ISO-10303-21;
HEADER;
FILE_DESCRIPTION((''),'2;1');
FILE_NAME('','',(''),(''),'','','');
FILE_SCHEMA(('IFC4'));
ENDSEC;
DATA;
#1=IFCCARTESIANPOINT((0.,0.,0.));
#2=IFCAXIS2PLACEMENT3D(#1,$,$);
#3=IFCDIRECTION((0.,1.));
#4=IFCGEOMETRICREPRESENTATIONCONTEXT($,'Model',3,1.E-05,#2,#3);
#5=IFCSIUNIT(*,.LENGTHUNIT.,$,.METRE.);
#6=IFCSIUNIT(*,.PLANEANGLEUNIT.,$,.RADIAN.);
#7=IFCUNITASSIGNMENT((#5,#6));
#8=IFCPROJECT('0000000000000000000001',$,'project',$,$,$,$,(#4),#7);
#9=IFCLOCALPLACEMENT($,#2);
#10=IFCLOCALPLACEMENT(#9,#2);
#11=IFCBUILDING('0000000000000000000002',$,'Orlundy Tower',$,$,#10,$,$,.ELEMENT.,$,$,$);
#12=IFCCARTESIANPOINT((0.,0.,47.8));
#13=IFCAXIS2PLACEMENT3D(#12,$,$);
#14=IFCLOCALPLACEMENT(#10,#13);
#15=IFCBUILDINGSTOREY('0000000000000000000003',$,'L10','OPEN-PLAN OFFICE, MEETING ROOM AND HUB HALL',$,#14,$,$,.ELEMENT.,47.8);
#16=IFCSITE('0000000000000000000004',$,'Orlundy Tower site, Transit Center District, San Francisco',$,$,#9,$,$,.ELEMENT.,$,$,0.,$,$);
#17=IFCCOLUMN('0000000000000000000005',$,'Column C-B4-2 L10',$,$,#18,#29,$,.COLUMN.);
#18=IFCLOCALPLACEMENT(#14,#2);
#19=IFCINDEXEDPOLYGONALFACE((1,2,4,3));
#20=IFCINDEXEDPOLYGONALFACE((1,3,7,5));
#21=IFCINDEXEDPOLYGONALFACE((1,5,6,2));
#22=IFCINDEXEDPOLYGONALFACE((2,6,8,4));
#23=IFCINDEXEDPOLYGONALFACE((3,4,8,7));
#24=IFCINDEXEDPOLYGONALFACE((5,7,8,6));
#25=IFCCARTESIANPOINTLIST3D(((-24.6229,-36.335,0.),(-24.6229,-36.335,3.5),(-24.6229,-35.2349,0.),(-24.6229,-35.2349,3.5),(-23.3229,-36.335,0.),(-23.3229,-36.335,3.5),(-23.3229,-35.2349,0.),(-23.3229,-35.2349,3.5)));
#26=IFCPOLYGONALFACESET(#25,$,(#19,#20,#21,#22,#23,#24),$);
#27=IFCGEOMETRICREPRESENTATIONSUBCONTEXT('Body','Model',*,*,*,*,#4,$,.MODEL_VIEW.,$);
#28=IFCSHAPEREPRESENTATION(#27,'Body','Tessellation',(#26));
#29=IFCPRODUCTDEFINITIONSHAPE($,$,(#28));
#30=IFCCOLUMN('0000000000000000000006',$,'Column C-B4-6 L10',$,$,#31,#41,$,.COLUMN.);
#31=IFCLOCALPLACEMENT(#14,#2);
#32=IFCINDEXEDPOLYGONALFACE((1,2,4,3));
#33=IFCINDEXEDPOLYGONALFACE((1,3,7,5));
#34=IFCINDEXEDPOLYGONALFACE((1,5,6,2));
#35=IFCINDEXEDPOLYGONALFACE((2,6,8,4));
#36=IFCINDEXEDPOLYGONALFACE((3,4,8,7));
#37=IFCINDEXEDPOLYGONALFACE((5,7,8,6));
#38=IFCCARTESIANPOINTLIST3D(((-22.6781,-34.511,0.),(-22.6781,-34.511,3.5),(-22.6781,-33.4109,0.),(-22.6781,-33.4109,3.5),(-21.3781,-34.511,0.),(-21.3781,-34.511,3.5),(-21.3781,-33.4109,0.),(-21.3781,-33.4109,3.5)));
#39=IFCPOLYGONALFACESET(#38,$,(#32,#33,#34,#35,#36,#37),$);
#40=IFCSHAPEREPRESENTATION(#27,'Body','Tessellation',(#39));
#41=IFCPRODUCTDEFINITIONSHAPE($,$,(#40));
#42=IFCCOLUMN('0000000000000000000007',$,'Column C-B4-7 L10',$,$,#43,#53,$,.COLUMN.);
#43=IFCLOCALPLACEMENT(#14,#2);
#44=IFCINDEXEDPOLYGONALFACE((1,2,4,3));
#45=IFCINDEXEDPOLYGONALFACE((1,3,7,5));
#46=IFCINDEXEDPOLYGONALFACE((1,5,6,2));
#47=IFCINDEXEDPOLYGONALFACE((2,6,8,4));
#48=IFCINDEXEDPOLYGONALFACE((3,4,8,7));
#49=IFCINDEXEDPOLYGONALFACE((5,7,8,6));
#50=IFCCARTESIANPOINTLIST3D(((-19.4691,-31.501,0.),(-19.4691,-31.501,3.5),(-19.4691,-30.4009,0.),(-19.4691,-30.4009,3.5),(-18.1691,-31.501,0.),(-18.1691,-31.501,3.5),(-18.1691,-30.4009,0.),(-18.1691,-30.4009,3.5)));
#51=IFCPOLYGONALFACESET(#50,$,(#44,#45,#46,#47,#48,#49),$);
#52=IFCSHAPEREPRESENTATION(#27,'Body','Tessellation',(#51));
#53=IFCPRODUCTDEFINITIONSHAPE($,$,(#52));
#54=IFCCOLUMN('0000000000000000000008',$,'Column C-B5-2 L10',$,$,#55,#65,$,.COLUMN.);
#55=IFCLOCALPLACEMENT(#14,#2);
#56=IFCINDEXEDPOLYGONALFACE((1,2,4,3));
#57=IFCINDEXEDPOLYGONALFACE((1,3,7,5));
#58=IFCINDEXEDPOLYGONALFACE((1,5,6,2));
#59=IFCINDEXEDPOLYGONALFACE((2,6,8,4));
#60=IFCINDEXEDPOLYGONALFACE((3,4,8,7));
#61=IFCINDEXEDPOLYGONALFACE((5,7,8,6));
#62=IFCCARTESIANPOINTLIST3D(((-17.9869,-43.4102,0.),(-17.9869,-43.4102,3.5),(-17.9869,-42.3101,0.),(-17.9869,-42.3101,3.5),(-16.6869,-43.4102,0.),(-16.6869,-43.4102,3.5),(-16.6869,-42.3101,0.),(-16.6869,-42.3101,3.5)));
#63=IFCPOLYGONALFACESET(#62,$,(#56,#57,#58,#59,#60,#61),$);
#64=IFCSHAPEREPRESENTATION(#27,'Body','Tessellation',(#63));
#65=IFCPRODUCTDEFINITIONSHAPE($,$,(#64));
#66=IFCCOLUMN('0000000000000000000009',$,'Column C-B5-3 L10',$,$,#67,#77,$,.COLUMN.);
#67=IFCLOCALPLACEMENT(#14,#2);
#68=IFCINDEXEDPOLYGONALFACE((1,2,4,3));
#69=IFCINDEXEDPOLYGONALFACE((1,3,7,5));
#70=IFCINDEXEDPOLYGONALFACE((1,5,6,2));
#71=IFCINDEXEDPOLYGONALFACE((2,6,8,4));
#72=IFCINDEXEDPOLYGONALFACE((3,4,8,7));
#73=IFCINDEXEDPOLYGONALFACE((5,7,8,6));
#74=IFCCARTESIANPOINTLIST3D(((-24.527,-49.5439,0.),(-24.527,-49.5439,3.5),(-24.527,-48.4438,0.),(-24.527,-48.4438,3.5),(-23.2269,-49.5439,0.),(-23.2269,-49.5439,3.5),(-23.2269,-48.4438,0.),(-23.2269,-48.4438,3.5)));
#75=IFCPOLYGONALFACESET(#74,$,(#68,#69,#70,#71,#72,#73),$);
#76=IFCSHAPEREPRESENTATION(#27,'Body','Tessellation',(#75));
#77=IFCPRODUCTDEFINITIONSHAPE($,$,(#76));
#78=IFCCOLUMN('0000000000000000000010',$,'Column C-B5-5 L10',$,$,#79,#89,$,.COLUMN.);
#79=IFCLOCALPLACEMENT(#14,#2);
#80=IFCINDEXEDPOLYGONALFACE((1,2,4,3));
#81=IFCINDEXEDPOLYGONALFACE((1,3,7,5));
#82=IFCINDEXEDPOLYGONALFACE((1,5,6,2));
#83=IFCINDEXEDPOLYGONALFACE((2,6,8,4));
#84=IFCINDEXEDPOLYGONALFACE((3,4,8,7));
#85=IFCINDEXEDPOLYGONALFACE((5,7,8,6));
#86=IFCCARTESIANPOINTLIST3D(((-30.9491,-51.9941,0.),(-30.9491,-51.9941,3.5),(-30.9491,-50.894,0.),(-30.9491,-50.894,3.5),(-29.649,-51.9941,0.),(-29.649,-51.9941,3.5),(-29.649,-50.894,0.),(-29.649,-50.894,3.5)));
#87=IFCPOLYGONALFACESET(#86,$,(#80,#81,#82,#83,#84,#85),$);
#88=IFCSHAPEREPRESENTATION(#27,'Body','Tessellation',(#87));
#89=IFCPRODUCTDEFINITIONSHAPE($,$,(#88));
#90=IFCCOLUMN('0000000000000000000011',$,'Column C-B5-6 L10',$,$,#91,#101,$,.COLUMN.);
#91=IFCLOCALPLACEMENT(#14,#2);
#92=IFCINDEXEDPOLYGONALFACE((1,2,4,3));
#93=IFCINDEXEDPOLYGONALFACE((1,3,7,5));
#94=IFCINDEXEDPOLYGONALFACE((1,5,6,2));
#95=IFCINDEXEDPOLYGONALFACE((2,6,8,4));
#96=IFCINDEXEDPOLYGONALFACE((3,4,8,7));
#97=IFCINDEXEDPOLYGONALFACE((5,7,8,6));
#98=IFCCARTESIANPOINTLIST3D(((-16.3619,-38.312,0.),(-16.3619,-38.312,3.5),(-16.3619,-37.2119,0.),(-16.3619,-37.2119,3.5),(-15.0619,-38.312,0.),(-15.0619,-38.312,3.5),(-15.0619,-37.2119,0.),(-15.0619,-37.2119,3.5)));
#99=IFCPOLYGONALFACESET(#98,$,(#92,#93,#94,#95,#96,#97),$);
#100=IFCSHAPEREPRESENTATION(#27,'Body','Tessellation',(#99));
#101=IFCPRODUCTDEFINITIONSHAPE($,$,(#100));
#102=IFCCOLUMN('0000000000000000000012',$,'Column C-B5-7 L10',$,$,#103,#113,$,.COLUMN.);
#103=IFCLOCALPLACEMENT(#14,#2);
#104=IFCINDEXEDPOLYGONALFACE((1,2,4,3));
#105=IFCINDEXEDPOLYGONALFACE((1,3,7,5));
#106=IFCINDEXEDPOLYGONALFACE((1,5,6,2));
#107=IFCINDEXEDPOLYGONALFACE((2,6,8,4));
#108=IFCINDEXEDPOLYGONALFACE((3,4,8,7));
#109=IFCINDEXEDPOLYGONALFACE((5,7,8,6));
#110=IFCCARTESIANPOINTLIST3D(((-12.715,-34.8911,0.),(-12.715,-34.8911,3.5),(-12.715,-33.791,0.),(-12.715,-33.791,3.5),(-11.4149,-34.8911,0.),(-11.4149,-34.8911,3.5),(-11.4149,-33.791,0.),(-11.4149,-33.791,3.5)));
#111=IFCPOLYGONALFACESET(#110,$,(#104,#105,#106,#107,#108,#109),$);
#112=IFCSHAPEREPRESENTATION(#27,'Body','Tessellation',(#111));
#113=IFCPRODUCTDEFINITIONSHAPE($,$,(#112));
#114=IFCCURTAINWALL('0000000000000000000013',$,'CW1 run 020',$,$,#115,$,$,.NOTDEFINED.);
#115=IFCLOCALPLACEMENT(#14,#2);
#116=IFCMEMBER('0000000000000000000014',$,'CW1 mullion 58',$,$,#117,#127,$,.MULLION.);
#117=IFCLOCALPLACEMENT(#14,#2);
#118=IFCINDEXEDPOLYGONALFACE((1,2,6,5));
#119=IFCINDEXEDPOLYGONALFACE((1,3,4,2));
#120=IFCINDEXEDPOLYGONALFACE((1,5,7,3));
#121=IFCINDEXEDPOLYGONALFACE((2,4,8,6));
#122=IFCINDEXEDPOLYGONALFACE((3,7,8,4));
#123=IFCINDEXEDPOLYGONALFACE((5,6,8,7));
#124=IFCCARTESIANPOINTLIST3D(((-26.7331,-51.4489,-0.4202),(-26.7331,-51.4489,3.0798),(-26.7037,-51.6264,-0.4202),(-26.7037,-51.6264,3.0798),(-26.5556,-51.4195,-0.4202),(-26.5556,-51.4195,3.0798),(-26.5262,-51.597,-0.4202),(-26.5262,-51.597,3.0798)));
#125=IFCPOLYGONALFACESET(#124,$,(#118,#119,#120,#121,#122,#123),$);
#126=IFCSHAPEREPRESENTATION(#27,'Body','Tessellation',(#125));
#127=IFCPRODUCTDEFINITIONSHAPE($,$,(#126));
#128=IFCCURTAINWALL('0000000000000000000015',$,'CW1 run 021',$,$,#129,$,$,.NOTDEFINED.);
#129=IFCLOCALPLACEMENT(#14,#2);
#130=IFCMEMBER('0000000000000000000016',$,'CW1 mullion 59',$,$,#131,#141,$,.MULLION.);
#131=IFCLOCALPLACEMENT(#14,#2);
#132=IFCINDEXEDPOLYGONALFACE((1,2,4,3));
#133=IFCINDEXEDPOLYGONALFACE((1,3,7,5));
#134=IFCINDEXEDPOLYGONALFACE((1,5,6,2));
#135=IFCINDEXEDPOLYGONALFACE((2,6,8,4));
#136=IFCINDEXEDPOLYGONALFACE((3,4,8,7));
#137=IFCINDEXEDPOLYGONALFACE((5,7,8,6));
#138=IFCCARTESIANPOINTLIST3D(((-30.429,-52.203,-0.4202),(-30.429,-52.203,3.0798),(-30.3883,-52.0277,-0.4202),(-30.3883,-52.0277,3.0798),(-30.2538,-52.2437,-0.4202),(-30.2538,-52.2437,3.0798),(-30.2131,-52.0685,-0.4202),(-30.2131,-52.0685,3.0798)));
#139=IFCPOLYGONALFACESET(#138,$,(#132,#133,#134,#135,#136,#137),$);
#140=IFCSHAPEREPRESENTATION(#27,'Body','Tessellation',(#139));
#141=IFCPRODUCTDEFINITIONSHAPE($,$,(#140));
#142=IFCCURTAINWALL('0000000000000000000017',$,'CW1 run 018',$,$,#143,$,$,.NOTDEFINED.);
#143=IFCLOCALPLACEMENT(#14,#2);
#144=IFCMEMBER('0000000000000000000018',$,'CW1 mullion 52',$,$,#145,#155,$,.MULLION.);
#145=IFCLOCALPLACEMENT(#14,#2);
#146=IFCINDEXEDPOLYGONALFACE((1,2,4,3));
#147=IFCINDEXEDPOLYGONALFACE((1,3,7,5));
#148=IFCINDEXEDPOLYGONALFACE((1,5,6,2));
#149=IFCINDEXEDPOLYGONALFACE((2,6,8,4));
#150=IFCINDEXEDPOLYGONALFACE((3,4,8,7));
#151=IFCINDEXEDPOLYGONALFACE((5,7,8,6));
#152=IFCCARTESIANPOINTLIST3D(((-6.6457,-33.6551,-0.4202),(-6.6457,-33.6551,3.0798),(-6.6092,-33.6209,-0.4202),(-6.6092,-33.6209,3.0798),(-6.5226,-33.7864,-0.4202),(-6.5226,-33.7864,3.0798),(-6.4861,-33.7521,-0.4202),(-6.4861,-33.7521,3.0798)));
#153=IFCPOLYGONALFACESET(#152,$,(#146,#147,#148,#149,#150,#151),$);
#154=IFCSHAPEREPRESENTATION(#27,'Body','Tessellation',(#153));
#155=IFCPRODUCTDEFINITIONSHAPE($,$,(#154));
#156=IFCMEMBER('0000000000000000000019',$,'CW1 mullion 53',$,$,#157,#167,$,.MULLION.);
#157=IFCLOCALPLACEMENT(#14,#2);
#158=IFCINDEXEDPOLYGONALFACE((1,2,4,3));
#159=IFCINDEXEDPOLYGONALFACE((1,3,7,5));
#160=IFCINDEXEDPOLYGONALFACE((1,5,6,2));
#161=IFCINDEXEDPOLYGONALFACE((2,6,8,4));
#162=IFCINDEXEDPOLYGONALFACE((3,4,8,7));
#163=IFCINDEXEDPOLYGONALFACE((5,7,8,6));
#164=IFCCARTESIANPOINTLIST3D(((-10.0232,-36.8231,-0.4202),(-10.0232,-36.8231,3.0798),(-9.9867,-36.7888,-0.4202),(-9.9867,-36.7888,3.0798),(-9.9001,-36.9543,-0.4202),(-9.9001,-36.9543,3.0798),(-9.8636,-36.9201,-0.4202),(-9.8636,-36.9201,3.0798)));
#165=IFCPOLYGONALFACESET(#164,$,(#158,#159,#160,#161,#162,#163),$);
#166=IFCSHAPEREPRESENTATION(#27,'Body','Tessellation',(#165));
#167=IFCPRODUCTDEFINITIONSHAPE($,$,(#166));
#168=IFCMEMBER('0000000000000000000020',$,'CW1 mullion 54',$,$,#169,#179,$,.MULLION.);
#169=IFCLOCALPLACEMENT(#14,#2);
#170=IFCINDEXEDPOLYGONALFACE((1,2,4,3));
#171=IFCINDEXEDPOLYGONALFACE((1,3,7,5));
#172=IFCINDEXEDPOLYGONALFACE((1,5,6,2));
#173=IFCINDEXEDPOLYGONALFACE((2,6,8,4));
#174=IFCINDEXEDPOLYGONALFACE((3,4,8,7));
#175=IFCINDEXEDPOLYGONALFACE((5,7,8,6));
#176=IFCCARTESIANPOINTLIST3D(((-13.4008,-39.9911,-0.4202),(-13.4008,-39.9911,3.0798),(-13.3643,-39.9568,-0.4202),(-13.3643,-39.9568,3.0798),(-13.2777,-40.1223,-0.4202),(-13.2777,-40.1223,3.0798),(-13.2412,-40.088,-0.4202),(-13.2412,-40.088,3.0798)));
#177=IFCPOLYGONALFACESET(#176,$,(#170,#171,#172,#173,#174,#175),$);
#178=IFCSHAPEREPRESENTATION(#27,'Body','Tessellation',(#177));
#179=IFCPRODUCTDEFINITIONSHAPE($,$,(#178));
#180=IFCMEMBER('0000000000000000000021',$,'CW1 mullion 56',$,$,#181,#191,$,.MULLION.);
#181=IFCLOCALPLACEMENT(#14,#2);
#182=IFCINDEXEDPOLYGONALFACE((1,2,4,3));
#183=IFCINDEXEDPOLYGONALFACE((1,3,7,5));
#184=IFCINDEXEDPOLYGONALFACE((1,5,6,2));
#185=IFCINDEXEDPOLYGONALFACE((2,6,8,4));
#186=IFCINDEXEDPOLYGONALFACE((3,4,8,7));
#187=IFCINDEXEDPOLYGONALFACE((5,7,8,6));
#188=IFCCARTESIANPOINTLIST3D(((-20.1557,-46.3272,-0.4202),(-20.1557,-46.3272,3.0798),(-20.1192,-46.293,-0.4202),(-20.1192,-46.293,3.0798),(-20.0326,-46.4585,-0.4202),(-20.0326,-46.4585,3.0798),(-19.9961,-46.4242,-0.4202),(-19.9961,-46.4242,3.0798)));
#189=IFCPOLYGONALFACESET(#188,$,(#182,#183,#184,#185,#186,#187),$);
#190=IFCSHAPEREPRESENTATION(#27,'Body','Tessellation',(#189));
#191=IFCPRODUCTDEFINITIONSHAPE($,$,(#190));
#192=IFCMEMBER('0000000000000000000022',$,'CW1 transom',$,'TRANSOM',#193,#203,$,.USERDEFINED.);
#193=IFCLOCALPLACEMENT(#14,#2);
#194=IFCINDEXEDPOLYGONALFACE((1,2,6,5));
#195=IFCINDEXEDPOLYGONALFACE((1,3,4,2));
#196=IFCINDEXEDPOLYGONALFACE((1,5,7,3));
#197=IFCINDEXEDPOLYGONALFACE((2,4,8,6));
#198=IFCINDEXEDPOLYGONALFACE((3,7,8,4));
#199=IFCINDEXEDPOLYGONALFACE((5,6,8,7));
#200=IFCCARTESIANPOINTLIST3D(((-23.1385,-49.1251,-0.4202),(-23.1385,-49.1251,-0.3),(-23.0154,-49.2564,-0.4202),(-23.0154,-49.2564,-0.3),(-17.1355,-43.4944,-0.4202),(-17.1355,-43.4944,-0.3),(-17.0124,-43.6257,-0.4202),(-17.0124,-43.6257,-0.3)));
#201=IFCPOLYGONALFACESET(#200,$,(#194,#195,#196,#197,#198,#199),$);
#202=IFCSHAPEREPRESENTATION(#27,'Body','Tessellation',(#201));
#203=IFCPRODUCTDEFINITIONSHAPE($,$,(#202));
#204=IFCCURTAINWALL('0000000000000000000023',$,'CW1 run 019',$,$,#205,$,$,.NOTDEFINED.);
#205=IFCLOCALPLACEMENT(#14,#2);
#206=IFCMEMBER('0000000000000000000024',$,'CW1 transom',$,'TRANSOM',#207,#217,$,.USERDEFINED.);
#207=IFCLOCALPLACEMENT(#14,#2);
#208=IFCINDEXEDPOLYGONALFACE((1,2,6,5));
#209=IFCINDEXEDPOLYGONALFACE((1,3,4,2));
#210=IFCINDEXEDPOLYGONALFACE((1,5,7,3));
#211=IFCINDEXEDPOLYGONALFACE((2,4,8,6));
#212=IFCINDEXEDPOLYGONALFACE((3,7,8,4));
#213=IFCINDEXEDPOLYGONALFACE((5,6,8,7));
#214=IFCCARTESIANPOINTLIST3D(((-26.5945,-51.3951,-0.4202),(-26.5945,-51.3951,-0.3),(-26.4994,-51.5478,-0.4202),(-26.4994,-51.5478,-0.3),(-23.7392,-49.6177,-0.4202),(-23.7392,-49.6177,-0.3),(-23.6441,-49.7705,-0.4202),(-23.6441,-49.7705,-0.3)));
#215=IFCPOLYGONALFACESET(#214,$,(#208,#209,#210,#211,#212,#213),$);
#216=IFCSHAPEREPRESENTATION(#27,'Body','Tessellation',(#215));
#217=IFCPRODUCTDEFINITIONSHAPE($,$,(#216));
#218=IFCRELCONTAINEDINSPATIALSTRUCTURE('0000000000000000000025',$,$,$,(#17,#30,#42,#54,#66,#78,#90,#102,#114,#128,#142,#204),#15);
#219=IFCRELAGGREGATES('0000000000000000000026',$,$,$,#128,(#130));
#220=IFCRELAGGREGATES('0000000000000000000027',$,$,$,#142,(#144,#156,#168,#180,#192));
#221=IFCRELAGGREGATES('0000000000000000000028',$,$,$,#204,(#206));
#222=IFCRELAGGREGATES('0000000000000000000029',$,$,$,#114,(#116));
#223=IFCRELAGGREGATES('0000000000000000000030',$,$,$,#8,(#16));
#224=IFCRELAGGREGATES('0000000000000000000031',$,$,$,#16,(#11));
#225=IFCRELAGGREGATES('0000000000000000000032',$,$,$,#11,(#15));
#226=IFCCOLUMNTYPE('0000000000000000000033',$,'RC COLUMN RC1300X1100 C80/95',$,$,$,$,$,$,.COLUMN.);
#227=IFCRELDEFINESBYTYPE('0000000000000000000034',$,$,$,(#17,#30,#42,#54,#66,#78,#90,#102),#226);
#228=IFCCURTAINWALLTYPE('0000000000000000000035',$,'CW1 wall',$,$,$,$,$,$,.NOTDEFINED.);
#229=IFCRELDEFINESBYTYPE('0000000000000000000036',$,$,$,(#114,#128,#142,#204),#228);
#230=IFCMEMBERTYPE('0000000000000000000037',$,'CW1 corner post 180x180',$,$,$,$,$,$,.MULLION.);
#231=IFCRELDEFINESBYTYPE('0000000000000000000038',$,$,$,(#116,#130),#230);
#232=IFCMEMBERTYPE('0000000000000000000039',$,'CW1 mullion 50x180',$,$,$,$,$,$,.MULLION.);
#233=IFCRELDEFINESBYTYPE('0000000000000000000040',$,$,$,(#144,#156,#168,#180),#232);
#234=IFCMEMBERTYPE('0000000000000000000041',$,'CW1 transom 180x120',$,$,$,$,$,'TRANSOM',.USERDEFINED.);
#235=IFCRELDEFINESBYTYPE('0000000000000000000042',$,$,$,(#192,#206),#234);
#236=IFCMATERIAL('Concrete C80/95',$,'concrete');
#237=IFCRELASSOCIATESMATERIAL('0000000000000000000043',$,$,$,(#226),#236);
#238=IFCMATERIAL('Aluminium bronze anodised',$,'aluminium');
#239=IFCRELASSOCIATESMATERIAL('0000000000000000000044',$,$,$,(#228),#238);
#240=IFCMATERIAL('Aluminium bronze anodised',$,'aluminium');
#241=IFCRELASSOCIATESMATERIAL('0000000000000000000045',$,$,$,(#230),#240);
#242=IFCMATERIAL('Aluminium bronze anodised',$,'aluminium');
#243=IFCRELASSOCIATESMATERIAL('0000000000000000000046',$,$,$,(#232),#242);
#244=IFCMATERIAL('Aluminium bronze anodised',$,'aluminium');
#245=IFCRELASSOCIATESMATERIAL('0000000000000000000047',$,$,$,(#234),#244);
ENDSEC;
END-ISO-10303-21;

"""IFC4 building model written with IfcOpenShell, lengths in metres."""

from ifc_helpers import new_model, si_unit, direction, frame, origin, origin_2d, place, context, subcontext, project, spatial, rectangle, extrude, material, material_profile, profile_set, type_object, element, aggregate, save


model = new_model("IFC4")

# Units and contexts
model_context = context("Model", 3, precision=1e-05, world=origin(), true_north=direction((0.0, 1.0)))
body_context = subcontext(model_context, "Body", "Model", "MODEL_VIEW")
ifc_project = project(units=[si_unit("LENGTHUNIT", "METRE"), si_unit("PLANEANGLEUNIT", "RADIAN")], contexts=[model_context])

# Site, building, storey
site_placement = place(None, origin())
site = spatial("IfcSite", under=ifc_project, at=site_placement, Name="Orlundy Tower site, Transit Center District, San Francisco", CompositionType="ELEMENT", RefElevation=0.0)
building_placement = place(site_placement, origin())
building = spatial("IfcBuilding", under=site, at=building_placement, Name="Orlundy Tower", CompositionType="ELEMENT")
storey_placement = place(building_placement, frame((0.0, 0.0, 47.8)))
storey = spatial("IfcBuildingStorey", under=building, at=storey_placement, Name="L10", Description="OPEN-PLAN OFFICE, MEETING ROOM AND HUB HALL", CompositionType="ELEMENT", Elevation=47.8)

# Columns
ifc_material_1 = material(Name="Concrete C80/95", Category="concrete")
ifc_material_profile_1 = material_profile(ifc_material_1, rectangle(XDim=1.3, YDim=1.1001, at=origin_2d()), Name="RC1300X1100")
ifc_profile_set_1 = profile_set([ifc_material_profile_1], Name="Concrete C80/95")
column_type = type_object("IfcColumnType", Name="RC COLUMN RC1300X1100 C80/95", PredefinedType="COLUMN", material=ifc_profile_set_1)
for number, where, z_axis, x_axis, name in (
    (1, (-23.9729, -35.7849, 0.0), (0.0, 0.0, 1.0), (1.0, 0.0, 0.0), "Column C-B4-2 L10"),
    (2, (-22.0281, -33.9609, 0.0), (0.0, 0.0, 1.0), (1.0, 0.0, 0.0), "Column C-B4-6 L10"),
    (3, (-18.8191, -30.9509, 0.0), (0.0, 0.0, 1.0), (1.0, 0.0, 0.0), "Column C-B4-7 L10"),
    (4, (-17.3369, -42.8601, 0.0), (0.0, 0.0, 1.0), (1.0, 0.0, 0.0), "Column C-B5-2 L10"),
    (5, (-23.877, -48.9939, 0.0), (0.0, 0.0, 1.0), (1.0, 0.0, 0.0), "Column C-B5-3 L10"),
    (6, (-30.2991, -51.4441, 0.0), (0.0, 0.0, 1.0), (1.0, 0.0, 0.0), "Column C-B5-5 L10"),
    (7, (-15.7119, -37.762, 0.0), (0.0, 0.0, 1.0), (1.0, 0.0, 0.0), "Column C-B5-6 L10"),
    (8, (-12.0649, -34.3411, 0.0), (0.0, 0.0, 1.0), (1.0, 0.0, 0.0), "Column C-B5-7 L10"),
):
    element("IfcColumn", number, at=place(storey_placement, frame(where, z_axis=z_axis, x_axis=x_axis)), inside=storey, type_object=column_type, Name=name, PredefinedType="COLUMN", context=body_context, shape_type="SweptSolid", body=[
        extrude(rectangle(XDim=1.3, YDim=1.1001, at=origin_2d()), origin(), (0.0, 0.0, 1.0), 3.5),
    ])

# Curtain walls, members
ifc_material_2 = material(Name="Aluminium bronze anodised", Category="aluminium")
curtain_wall_type = type_object("IfcCurtainWallType", Name="CW1 wall", PredefinedType="NOTDEFINED", material=ifc_material_2)
curtain_wall_1_placement = place(storey_placement, origin())
curtain_wall_1 = element("IfcCurtainWall", 9, at=curtain_wall_1_placement, inside=storey, type_object=curtain_wall_type, Name="CW1 run 020", PredefinedType="NOTDEFINED")
ifc_material_3 = material(Name="Aluminium bronze anodised", Category="aluminium")
ifc_material_profile_2 = material_profile(ifc_material_3, rectangle(XDim=0.1799, YDim=0.1799, at=origin_2d()), Name="CW1 corner post 180x180")
ifc_profile_set_2 = profile_set([ifc_material_profile_2], Name="Aluminium bronze anodised")
member_type_1 = type_object("IfcMemberType", Name="CW1 corner post 180x180", PredefinedType="MULLION", material=ifc_profile_set_2)
member_1_placement = place(storey_placement, frame((-26.6296, -51.5229, -0.4202), z_axis=(0.0, 0.0, 1.0), x_axis=(0.163786, -0.986496, 0.0)))
member_1 = element("IfcMember", 10, at=member_1_placement, type_object=member_type_1, Name="CW1 mullion 58", PredefinedType="MULLION", context=body_context, shape_type="SweptSolid", body=[
    extrude(rectangle(XDim=0.1799, YDim=0.1799, at=origin_2d()), origin(), (0.0, 0.0, 1.0), 3.5),
])
curtain_wall_2_placement = place(storey_placement, origin())
curtain_wall_2 = element("IfcCurtainWall", 11, at=curtain_wall_2_placement, inside=storey, type_object=curtain_wall_type, Name="CW1 run 021", PredefinedType="NOTDEFINED")
member_2_placement = place(storey_placement, frame((-30.321, -52.1357, -0.4202), z_axis=(0.0, 0.0, 1.0), x_axis=(-0.226317, -0.974054, 0.0)))
member_2 = element("IfcMember", 12, at=member_2_placement, type_object=member_type_1, Name="CW1 mullion 59", PredefinedType="MULLION", context=body_context, shape_type="SweptSolid", body=[
    extrude(rectangle(XDim=0.1799, YDim=0.1799, at=origin_2d()), origin(), (0.0, 0.0, 1.0), 3.5),
])
aggregate(curtain_wall_2, [member_2])

# Curtain wall, members
curtain_wall_3_placement = place(storey_placement, origin())
curtain_wall_3 = element("IfcCurtainWall", 13, at=curtain_wall_3_placement, inside=storey, type_object=curtain_wall_type, Name="CW1 run 018", PredefinedType="NOTDEFINED")
ifc_material_4 = material(Name="Aluminium bronze anodised", Category="aluminium")
ifc_material_profile_3 = material_profile(ifc_material_4, rectangle(XDim=0.1799, YDim=0.05, at=origin_2d()), Name="CW1 mullion 50x180")
ifc_profile_set_3 = profile_set([ifc_material_profile_3], Name="Aluminium bronze anodised")
member_type_2 = type_object("IfcMemberType", Name="CW1 mullion 50x180", PredefinedType="MULLION", material=ifc_profile_set_3)
member_3_placement = place(storey_placement, frame((-6.5659, -33.7036, -0.4202), z_axis=(0.0, 0.0, 1.0), x_axis=(0.684124, -0.729365, 0.0)))
member_3 = element("IfcMember", 14, at=member_3_placement, type_object=member_type_2, Name="CW1 mullion 52", PredefinedType="MULLION", context=body_context, shape_type="SweptSolid", body=[
    extrude(rectangle(XDim=0.1799, YDim=0.05, at=origin_2d()), origin(), (0.0, 0.0, 1.0), 3.5),
])
member_4_placement = place(storey_placement, frame((-9.9434, -36.8716, -0.4202), z_axis=(0.0, 0.0, 1.0), x_axis=(0.684124, -0.729365, 0.0)))
member_4 = element("IfcMember", 15, at=member_4_placement, type_object=member_type_2, Name="CW1 mullion 53", PredefinedType="MULLION", context=body_context, shape_type="SweptSolid", body=[
    extrude(rectangle(XDim=0.1799, YDim=0.05, at=origin_2d()), origin(), (0.0, 0.0, 1.0), 3.5),
])
member_5_placement = place(storey_placement, frame((-13.321, -40.0396, -0.4202), z_axis=(0.0, 0.0, 1.0), x_axis=(0.684124, -0.729365, 0.0)))
member_5 = element("IfcMember", 16, at=member_5_placement, type_object=member_type_2, Name="CW1 mullion 54", PredefinedType="MULLION", context=body_context, shape_type="SweptSolid", body=[
    extrude(rectangle(XDim=0.1799, YDim=0.05, at=origin_2d()), origin(), (0.0, 0.0, 1.0), 3.5),
])
member_6_placement = place(storey_placement, frame((-20.0759, -46.3757, -0.4202), z_axis=(0.0, 0.0, 1.0), x_axis=(0.684124, -0.729365, 0.0)))
member_6 = element("IfcMember", 17, at=member_6_placement, type_object=member_type_2, Name="CW1 mullion 56", PredefinedType="MULLION", context=body_context, shape_type="SweptSolid", body=[
    extrude(rectangle(XDim=0.1799, YDim=0.05, at=origin_2d()), origin(), (0.0, 0.0, 1.0), 3.5),
])
ifc_material_5 = material(Name="Aluminium bronze anodised", Category="aluminium")
ifc_material_profile_4 = material_profile(ifc_material_5, rectangle(XDim=0.1799, YDim=0.1201, at=origin_2d()), Name="CW1 transom 180x120")
ifc_profile_set_4 = profile_set([ifc_material_profile_4], Name="Aluminium bronze anodised")
member_type_3 = type_object("IfcMemberType", Name="CW1 transom 180x120", ElementType="TRANSOM", PredefinedType="USERDEFINED", material=ifc_profile_set_4)
member_7_placement = place(storey_placement, frame((-17.074, -43.5601, -0.3601), z_axis=(-0.729363, -0.684127, 0.0), x_axis=(0.684127, -0.729363, 0.0)))
member_7 = element("IfcMember", 18, at=member_7_placement, type_object=member_type_3, Name="CW1 transom", ObjectType="TRANSOM", PredefinedType="USERDEFINED", context=body_context, shape_type="SweptSolid", body=[
    extrude(rectangle(XDim=0.1799, YDim=0.1201, at=origin_2d()), origin(), (0.0, 0.0, 1.0), 8.2305),
])

# Curtain wall, member
curtain_wall_4_placement = place(storey_placement, origin())
curtain_wall_4 = element("IfcCurtainWall", 19, at=curtain_wall_4_placement, inside=storey, type_object=curtain_wall_type, Name="CW1 run 019", PredefinedType="NOTDEFINED")
member_8_placement = place(storey_placement, frame((-23.6917, -49.6941, -0.3601), z_axis=(-0.848955, -0.528465, 0.0), x_axis=(0.528465, -0.848955, 0.0)))
member_8 = element("IfcMember", 20, at=member_8_placement, type_object=member_type_3, Name="CW1 transom", ObjectType="TRANSOM", PredefinedType="USERDEFINED", context=body_context, shape_type="SweptSolid", body=[
    extrude(rectangle(XDim=0.1799, YDim=0.1201, at=origin_2d()), origin(), (0.0, 0.0, 1.0), 3.3633),
])

aggregate(curtain_wall_3, [member_3, member_4, member_5, member_6, member_7])
aggregate(curtain_wall_4, [member_8])
aggregate(curtain_wall_1, [member_1])

save(model, "model.ifc")
